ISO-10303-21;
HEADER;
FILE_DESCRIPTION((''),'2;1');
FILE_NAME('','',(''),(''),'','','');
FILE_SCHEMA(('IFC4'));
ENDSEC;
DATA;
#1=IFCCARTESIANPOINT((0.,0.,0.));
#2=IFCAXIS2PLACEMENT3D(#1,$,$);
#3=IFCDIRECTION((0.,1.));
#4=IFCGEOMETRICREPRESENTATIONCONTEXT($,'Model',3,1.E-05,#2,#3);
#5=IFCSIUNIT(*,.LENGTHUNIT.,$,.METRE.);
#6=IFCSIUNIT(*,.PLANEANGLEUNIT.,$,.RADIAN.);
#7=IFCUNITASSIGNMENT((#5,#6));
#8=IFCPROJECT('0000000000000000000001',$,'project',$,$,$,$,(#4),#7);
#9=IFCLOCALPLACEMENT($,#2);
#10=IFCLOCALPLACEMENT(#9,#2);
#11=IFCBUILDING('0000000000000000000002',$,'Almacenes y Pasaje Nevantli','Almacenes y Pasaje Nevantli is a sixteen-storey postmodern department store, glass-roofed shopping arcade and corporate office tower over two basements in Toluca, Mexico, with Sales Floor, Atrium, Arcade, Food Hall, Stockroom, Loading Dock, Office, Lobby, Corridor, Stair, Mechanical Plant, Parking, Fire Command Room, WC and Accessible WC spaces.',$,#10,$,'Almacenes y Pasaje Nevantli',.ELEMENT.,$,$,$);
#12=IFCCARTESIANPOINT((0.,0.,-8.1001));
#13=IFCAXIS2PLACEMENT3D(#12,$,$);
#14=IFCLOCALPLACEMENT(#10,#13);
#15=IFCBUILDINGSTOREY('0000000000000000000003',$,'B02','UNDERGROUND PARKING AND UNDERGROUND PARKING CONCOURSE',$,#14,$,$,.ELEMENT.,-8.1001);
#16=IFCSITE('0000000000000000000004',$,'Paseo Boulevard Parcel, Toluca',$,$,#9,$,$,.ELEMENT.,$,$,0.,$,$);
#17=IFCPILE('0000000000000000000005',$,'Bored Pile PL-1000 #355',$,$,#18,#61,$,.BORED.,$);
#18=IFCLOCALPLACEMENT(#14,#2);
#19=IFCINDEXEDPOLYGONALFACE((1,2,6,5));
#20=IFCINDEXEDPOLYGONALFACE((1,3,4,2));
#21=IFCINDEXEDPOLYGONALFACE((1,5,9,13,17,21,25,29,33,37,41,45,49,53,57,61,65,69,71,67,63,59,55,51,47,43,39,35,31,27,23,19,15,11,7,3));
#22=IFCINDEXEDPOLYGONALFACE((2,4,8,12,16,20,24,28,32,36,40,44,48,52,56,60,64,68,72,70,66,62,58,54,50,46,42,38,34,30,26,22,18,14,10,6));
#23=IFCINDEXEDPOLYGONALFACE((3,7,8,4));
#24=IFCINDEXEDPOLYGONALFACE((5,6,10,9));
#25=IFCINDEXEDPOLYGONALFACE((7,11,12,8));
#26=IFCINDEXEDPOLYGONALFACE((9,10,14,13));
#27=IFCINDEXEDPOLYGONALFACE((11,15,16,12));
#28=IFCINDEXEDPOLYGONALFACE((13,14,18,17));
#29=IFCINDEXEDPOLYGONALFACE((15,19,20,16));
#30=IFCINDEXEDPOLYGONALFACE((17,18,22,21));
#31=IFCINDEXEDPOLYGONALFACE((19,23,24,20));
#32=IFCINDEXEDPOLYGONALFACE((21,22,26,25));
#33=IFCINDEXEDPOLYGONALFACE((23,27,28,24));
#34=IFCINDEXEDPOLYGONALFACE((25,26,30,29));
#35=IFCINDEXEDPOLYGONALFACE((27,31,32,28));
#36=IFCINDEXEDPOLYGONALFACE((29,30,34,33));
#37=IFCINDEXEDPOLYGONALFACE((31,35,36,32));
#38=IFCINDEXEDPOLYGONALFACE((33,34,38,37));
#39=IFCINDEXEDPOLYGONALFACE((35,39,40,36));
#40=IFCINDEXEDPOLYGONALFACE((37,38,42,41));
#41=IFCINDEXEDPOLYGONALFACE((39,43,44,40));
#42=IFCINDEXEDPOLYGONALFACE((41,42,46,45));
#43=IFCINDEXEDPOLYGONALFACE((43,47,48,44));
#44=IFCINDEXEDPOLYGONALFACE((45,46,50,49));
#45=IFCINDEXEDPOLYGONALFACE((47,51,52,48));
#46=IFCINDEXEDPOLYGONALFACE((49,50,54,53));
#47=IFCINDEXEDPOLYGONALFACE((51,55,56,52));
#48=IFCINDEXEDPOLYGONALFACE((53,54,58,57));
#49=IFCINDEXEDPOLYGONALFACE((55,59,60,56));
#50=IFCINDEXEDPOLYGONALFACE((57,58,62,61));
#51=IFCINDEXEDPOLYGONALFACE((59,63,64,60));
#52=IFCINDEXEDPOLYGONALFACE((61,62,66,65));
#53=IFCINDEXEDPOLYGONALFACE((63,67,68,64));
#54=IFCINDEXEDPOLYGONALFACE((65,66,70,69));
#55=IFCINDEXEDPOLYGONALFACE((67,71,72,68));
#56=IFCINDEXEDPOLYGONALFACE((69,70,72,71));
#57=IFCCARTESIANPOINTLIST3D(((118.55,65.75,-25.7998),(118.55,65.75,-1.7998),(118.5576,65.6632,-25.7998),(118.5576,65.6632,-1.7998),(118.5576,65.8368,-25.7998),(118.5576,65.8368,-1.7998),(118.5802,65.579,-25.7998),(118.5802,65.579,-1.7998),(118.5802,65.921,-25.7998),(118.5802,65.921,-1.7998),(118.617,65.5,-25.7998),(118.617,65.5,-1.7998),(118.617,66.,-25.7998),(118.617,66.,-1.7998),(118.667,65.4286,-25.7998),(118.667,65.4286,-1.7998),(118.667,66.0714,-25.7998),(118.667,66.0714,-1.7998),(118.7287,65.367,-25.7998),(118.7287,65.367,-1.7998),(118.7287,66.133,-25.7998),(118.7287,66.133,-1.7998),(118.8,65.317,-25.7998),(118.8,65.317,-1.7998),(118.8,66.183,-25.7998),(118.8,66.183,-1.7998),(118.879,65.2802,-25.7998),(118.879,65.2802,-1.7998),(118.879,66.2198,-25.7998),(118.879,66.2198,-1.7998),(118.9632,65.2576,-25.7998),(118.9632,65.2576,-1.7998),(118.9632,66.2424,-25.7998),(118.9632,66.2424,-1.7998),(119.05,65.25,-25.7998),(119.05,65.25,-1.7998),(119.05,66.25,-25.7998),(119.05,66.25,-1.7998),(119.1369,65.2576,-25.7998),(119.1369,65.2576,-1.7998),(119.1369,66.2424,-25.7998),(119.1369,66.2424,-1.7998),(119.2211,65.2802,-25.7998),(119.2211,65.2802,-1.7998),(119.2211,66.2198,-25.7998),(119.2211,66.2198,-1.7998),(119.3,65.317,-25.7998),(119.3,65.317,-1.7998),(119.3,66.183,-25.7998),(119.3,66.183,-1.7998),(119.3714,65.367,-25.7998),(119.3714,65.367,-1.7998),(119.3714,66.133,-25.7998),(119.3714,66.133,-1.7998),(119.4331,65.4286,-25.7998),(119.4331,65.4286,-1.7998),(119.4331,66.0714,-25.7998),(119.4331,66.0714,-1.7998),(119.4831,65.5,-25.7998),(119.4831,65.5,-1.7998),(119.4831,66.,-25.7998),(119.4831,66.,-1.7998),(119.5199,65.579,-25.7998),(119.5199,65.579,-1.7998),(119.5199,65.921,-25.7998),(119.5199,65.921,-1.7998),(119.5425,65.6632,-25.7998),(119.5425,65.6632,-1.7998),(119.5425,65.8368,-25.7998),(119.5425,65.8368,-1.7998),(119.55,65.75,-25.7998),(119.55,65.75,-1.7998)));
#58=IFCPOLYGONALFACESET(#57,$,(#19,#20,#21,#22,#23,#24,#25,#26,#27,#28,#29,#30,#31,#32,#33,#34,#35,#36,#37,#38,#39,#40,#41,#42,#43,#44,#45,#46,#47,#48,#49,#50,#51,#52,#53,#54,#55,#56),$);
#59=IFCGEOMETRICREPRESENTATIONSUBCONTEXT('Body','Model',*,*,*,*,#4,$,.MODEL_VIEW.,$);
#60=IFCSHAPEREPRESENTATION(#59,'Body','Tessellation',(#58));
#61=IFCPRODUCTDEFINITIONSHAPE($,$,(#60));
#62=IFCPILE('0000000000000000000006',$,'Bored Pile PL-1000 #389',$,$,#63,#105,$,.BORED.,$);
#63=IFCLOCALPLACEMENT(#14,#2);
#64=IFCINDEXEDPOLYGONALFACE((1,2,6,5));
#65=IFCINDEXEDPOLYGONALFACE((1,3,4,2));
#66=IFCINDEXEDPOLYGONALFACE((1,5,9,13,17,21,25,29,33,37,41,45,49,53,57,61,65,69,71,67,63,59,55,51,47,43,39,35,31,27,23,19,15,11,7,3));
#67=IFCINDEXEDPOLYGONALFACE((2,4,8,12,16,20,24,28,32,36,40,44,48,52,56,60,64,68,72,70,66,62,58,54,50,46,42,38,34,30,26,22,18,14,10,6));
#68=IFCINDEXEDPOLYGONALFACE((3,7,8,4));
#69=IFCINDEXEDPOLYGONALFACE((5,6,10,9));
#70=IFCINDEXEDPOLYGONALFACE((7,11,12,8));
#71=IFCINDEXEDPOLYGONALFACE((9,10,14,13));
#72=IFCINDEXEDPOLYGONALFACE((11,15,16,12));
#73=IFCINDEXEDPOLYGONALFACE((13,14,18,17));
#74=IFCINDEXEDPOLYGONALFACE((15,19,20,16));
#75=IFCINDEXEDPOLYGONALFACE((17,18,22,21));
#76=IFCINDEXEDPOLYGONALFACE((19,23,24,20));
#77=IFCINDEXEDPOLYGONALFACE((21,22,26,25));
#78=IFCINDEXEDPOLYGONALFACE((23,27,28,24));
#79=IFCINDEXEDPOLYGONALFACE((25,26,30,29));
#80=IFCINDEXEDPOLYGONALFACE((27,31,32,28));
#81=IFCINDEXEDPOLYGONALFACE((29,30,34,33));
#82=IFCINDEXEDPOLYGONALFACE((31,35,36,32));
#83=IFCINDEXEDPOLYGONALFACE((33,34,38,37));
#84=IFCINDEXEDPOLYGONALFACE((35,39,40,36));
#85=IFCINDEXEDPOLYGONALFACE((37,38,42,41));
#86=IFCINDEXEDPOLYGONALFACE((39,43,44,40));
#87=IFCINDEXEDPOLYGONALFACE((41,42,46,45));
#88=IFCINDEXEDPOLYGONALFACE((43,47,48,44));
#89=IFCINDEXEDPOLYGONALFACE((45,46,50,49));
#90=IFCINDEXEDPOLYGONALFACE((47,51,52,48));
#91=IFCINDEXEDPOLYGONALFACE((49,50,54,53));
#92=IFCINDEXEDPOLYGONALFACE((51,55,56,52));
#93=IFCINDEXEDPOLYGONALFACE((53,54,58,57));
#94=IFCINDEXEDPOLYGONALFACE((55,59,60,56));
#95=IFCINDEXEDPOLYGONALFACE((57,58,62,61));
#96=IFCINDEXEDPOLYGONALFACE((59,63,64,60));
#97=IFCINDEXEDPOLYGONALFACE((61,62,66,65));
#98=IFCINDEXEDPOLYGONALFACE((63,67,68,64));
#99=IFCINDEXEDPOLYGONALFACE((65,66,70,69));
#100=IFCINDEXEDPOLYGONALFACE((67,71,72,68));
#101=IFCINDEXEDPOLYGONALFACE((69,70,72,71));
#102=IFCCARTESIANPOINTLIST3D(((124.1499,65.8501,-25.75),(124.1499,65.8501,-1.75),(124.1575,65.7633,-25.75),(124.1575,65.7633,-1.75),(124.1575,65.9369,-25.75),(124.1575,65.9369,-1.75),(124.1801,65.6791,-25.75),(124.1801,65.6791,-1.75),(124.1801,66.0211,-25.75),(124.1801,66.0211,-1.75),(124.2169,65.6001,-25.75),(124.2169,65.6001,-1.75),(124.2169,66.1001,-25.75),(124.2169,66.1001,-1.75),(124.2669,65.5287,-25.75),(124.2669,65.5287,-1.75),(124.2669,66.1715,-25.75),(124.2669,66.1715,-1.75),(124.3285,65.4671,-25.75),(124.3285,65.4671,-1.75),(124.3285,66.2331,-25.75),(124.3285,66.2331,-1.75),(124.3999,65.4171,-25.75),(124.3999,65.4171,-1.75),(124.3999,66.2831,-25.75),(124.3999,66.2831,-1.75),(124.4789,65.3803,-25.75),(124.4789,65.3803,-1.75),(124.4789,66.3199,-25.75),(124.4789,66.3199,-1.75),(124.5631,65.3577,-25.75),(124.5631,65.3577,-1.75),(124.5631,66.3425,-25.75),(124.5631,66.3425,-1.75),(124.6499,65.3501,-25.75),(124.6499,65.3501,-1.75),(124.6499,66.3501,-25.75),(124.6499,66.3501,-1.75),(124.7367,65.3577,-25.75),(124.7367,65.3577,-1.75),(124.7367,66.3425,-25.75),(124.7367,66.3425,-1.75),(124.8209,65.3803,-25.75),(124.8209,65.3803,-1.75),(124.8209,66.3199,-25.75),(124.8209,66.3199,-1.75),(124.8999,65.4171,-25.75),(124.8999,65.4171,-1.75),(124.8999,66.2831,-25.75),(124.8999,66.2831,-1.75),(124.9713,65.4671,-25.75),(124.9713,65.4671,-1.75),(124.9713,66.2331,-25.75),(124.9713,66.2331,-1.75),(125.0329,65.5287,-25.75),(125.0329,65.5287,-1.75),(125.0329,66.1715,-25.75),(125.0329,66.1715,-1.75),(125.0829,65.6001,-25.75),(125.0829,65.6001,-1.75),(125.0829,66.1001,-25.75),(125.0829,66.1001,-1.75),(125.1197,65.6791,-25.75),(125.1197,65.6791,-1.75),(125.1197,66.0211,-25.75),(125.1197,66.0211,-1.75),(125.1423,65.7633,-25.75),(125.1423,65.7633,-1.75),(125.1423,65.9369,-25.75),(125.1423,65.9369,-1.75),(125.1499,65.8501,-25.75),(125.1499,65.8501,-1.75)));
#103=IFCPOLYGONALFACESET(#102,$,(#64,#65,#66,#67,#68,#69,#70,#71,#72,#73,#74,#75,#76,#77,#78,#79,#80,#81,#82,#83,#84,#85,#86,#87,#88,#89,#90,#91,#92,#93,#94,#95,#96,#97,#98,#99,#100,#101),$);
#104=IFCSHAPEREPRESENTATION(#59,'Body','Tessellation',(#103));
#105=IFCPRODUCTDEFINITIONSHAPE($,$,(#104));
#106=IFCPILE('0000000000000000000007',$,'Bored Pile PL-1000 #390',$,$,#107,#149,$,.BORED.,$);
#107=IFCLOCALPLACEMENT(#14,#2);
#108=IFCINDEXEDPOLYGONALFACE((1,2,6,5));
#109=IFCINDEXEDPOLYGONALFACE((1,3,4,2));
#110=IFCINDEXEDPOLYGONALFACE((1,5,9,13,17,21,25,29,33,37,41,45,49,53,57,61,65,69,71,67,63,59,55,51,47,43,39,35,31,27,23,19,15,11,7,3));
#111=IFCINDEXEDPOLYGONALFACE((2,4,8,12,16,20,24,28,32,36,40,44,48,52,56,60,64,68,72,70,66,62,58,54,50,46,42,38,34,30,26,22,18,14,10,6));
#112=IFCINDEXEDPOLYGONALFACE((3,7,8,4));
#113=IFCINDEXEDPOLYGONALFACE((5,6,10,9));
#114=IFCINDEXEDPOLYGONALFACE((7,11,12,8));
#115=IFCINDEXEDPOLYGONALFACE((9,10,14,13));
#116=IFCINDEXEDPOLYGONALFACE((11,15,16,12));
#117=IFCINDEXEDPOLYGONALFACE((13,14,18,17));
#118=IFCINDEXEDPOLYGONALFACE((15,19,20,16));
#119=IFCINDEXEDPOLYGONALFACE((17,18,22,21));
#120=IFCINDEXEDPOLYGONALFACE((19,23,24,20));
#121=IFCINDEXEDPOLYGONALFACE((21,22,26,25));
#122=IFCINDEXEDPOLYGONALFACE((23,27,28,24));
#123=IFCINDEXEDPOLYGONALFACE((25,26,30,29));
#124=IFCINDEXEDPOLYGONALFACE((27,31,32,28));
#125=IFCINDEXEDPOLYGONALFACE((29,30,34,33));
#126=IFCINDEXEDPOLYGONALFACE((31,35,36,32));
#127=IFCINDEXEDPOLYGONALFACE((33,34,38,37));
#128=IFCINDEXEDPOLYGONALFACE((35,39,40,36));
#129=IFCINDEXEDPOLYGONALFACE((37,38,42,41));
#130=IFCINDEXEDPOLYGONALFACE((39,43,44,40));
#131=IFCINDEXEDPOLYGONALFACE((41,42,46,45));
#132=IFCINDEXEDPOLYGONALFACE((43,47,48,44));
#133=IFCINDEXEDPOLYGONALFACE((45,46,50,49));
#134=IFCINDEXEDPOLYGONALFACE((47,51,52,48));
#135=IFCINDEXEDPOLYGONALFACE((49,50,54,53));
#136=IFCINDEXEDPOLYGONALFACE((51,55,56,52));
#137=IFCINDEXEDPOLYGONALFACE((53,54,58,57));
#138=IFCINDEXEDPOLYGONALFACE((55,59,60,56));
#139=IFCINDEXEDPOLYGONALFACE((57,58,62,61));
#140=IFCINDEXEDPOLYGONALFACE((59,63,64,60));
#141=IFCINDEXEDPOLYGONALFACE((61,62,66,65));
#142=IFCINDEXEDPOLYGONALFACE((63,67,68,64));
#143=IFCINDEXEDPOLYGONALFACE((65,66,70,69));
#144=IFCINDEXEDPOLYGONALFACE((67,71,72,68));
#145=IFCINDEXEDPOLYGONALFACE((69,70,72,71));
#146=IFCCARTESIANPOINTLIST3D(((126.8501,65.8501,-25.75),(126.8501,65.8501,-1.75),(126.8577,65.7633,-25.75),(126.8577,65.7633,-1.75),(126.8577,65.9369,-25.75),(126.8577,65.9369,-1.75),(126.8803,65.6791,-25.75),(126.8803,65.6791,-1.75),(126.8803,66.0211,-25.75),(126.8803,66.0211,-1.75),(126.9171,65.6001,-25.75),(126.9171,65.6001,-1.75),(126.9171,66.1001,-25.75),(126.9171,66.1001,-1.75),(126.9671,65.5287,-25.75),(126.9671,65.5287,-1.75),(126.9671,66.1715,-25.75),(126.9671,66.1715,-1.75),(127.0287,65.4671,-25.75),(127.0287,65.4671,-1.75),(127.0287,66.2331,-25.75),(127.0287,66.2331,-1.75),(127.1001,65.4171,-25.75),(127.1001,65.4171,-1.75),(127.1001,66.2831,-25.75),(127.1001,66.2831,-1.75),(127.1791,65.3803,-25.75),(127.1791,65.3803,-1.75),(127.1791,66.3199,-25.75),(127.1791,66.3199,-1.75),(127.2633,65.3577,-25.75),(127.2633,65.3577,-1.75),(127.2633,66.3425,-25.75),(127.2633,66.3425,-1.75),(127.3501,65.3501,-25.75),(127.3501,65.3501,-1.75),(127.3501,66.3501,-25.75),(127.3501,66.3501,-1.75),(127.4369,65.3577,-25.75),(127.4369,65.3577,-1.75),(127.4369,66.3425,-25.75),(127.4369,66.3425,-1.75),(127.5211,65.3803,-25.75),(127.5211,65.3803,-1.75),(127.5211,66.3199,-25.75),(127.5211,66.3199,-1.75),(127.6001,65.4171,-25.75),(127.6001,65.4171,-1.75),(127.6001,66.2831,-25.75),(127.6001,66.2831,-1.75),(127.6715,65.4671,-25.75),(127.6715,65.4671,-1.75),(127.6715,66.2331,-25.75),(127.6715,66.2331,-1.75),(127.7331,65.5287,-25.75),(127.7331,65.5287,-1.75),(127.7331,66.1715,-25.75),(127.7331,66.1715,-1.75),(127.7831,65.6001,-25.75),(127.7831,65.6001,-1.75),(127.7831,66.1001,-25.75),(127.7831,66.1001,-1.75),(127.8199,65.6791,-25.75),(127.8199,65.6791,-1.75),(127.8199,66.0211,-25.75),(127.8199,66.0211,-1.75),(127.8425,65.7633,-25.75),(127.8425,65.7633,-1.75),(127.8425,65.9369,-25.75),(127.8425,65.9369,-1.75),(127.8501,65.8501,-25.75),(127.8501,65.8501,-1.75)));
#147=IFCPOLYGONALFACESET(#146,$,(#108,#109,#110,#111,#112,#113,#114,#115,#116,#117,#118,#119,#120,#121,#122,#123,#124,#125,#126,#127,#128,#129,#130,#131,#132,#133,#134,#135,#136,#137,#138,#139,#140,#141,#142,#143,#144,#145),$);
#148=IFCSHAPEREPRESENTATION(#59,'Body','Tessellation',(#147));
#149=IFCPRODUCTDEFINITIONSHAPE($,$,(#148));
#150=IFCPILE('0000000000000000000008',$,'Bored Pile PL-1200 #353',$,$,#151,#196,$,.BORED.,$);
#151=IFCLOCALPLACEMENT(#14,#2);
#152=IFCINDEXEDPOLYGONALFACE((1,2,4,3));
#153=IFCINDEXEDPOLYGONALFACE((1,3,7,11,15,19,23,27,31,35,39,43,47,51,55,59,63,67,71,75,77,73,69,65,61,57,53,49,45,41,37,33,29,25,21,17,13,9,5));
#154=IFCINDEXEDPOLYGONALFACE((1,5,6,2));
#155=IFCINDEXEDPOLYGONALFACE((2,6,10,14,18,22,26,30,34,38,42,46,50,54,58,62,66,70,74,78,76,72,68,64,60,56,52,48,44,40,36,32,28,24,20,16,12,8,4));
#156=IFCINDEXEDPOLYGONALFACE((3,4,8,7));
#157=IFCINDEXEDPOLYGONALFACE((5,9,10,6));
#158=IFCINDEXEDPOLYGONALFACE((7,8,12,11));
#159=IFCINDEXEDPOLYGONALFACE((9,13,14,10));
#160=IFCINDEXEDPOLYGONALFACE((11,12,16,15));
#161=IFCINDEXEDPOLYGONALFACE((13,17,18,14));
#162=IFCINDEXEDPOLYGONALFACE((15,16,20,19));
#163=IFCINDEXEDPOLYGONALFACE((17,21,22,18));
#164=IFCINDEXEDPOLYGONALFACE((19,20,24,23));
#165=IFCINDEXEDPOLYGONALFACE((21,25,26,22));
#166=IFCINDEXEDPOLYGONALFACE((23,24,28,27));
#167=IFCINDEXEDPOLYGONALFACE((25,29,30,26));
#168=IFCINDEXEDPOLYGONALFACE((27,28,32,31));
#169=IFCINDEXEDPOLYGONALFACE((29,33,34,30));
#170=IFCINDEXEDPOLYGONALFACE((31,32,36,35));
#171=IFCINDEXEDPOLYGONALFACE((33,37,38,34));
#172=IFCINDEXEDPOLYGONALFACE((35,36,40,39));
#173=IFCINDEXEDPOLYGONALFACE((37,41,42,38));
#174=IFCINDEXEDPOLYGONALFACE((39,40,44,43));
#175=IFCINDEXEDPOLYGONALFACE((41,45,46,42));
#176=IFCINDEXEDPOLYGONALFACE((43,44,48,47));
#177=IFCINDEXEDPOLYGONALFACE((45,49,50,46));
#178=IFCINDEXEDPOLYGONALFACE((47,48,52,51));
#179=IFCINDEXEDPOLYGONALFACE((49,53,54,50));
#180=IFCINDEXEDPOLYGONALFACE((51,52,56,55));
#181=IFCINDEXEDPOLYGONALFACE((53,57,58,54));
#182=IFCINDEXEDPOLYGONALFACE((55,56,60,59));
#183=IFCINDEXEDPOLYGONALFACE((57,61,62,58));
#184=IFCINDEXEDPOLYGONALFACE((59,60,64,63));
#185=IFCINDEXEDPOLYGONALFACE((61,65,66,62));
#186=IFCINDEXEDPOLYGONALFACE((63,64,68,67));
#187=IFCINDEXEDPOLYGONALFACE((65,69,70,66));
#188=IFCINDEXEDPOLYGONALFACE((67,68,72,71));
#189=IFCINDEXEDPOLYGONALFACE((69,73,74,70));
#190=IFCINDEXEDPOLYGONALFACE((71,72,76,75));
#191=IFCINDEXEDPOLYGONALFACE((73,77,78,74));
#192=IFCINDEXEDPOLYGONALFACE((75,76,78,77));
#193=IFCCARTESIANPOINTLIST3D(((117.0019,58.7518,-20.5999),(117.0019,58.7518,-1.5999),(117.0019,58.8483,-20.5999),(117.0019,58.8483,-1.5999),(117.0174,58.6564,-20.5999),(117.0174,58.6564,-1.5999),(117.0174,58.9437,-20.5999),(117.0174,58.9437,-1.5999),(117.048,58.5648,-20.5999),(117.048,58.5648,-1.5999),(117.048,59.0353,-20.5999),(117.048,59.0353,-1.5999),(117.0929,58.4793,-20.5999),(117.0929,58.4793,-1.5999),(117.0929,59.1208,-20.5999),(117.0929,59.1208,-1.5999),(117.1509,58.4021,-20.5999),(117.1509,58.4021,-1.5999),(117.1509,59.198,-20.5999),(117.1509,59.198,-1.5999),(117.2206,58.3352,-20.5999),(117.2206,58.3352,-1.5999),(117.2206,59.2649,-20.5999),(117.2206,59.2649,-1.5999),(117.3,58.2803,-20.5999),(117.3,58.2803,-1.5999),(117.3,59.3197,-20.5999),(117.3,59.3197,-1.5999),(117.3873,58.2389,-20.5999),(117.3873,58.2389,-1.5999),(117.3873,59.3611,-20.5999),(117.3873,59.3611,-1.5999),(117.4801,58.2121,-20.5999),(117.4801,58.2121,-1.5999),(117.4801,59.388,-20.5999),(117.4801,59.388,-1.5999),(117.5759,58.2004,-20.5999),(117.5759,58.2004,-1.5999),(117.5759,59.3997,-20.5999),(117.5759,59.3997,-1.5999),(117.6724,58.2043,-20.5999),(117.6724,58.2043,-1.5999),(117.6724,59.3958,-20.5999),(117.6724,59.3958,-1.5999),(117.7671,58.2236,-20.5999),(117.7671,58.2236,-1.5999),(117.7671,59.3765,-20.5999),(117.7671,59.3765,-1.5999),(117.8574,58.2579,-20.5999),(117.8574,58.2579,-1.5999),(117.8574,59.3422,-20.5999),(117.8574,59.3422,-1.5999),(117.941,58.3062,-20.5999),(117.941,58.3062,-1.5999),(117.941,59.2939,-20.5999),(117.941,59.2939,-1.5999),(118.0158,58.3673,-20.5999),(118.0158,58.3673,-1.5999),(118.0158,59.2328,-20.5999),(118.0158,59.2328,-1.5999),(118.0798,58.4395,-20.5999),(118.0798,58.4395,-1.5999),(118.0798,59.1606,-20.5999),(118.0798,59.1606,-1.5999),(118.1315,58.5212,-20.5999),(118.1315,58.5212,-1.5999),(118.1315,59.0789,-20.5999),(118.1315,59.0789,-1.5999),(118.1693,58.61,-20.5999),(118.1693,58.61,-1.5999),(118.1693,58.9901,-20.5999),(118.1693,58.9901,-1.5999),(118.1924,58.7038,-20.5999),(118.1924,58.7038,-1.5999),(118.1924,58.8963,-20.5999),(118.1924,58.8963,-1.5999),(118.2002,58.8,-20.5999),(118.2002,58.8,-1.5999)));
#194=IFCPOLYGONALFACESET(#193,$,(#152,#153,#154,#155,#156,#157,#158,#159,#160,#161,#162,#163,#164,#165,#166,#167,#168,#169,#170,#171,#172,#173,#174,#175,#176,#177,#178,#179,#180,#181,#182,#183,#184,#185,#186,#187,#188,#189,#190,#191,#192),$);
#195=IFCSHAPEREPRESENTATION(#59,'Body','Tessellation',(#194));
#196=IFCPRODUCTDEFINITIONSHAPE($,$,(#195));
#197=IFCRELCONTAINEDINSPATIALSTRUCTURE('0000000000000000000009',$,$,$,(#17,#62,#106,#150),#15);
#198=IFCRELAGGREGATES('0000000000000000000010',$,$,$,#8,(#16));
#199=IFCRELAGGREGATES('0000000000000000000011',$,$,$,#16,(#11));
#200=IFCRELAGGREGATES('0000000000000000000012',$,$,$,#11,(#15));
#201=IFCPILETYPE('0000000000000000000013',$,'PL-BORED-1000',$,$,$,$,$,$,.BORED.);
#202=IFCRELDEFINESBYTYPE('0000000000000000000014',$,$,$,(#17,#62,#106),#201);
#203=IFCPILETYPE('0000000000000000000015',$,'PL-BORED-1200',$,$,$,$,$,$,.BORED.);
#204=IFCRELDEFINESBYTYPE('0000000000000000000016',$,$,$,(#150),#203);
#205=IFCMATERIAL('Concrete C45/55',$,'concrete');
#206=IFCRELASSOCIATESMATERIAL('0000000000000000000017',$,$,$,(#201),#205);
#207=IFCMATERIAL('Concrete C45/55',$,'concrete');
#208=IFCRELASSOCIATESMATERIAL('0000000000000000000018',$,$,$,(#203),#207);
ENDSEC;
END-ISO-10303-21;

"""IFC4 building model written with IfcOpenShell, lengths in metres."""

from ifc_helpers import new_model, si_unit, direction, frame, origin, origin_2d, place, context, subcontext, project, spatial, circle, extrude, material, material_profile, profile_set, type_object, element, save


model = new_model("IFC4")

# Units and contexts
model_context = context("Model", 3, precision=1e-05, world=origin(), true_north=direction((0.0, 1.0)))
body_context = subcontext(model_context, "Body", "Model", "MODEL_VIEW")
ifc_project = project(units=[si_unit("LENGTHUNIT", "METRE"), si_unit("PLANEANGLEUNIT", "RADIAN")], contexts=[model_context])

# Site, building, storey
site_placement = place(None, origin())
site = spatial("IfcSite", under=ifc_project, at=site_placement, Name="Paseo Boulevard Parcel, Toluca", CompositionType="ELEMENT", RefElevation=0.0)
building_placement = place(site_placement, origin())
building = spatial("IfcBuilding", under=site, at=building_placement, Name="Almacenes y Pasaje Nevantli", Description="Almacenes y Pasaje Nevantli is a sixteen-storey postmodern department store, glass-roofed shopping arcade and corporate office tower over two basements in Toluca, Mexico, with Sales Floor, Atrium, Arcade, Food Hall, Stockroom, Loading Dock, Office, Lobby, Corridor, Stair, Mechanical Plant, Parking, Fire Command Room, WC and Accessible WC spaces.", LongName="Almacenes y Pasaje Nevantli", CompositionType="ELEMENT")
storey_placement = place(building_placement, frame((0.0, 0.0, -8.1001)))
storey = spatial("IfcBuildingStorey", under=building, at=storey_placement, Name="B02", Description="UNDERGROUND PARKING AND UNDERGROUND PARKING CONCOURSE", CompositionType="ELEMENT", Elevation=-8.1001)

# Piles
ifc_material_1 = material(Name="Concrete C45/55", Category="concrete")
ifc_material_profile_1 = material_profile(ifc_material_1, circle(Radius=0.5, at=origin_2d()), Name="RC-PILE-D1000")
ifc_profile_set_1 = profile_set([ifc_material_profile_1], Name="Concrete C45/55")
pile_type_1 = type_object("IfcPileType", Name="PL-BORED-1000", PredefinedType="BORED", material=ifc_profile_set_1)
for number, where, z_axis, x_axis, name in (
    (1, (119.05, 65.75, -1.7998), (0.0, 0.0, -1.0), (1.0, 0.0, 0.0), "Bored Pile PL-1000 #355"),
    (2, (124.6499, 65.8501, -1.75), (0.0, 0.0, -1.0), (1.0, 0.0, 0.0), "Bored Pile PL-1000 #389"),
    (3, (127.3501, 65.8501, -1.75), (0.0, 0.0, -1.0), (1.0, 0.0, 0.0), "Bored Pile PL-1000 #390"),
):
    element("IfcPile", number, at=place(storey_placement, frame(where, z_axis=z_axis, x_axis=x_axis)), inside=storey, type_object=pile_type_1, Name=name, PredefinedType="BORED", context=body_context, shape_type="SweptSolid", body=[
        extrude(circle(Radius=0.5, at=origin_2d()), origin(), (0.0, 0.0, 1.0), 24.0),
    ])
ifc_material_2 = material(Name="Concrete C45/55", Category="concrete")
ifc_material_profile_2 = material_profile(ifc_material_2, circle(Radius=0.6001, at=origin_2d()), Name="RC-PILE-D1200")
ifc_profile_set_2 = profile_set([ifc_material_profile_2], Name="Concrete C45/55")
pile_type_2 = type_object("IfcPileType", Name="PL-BORED-1200", PredefinedType="BORED", material=ifc_profile_set_2)
pile_placement = place(storey_placement, frame((117.6001, 58.8, -1.5999), z_axis=(0.0, 0.0, -1.0), x_axis=(1.0, 0.0, 0.0)))
element("IfcPile", 4, at=pile_placement, inside=storey, type_object=pile_type_2, Name="Bored Pile PL-1200 #353", PredefinedType="BORED", context=body_context, shape_type="SweptSolid", body=[
    extrude(circle(Radius=0.6001, at=origin_2d()), origin(), (0.0, 0.0, 1.0), 19.0),
])

save(model, "model.ifc")
